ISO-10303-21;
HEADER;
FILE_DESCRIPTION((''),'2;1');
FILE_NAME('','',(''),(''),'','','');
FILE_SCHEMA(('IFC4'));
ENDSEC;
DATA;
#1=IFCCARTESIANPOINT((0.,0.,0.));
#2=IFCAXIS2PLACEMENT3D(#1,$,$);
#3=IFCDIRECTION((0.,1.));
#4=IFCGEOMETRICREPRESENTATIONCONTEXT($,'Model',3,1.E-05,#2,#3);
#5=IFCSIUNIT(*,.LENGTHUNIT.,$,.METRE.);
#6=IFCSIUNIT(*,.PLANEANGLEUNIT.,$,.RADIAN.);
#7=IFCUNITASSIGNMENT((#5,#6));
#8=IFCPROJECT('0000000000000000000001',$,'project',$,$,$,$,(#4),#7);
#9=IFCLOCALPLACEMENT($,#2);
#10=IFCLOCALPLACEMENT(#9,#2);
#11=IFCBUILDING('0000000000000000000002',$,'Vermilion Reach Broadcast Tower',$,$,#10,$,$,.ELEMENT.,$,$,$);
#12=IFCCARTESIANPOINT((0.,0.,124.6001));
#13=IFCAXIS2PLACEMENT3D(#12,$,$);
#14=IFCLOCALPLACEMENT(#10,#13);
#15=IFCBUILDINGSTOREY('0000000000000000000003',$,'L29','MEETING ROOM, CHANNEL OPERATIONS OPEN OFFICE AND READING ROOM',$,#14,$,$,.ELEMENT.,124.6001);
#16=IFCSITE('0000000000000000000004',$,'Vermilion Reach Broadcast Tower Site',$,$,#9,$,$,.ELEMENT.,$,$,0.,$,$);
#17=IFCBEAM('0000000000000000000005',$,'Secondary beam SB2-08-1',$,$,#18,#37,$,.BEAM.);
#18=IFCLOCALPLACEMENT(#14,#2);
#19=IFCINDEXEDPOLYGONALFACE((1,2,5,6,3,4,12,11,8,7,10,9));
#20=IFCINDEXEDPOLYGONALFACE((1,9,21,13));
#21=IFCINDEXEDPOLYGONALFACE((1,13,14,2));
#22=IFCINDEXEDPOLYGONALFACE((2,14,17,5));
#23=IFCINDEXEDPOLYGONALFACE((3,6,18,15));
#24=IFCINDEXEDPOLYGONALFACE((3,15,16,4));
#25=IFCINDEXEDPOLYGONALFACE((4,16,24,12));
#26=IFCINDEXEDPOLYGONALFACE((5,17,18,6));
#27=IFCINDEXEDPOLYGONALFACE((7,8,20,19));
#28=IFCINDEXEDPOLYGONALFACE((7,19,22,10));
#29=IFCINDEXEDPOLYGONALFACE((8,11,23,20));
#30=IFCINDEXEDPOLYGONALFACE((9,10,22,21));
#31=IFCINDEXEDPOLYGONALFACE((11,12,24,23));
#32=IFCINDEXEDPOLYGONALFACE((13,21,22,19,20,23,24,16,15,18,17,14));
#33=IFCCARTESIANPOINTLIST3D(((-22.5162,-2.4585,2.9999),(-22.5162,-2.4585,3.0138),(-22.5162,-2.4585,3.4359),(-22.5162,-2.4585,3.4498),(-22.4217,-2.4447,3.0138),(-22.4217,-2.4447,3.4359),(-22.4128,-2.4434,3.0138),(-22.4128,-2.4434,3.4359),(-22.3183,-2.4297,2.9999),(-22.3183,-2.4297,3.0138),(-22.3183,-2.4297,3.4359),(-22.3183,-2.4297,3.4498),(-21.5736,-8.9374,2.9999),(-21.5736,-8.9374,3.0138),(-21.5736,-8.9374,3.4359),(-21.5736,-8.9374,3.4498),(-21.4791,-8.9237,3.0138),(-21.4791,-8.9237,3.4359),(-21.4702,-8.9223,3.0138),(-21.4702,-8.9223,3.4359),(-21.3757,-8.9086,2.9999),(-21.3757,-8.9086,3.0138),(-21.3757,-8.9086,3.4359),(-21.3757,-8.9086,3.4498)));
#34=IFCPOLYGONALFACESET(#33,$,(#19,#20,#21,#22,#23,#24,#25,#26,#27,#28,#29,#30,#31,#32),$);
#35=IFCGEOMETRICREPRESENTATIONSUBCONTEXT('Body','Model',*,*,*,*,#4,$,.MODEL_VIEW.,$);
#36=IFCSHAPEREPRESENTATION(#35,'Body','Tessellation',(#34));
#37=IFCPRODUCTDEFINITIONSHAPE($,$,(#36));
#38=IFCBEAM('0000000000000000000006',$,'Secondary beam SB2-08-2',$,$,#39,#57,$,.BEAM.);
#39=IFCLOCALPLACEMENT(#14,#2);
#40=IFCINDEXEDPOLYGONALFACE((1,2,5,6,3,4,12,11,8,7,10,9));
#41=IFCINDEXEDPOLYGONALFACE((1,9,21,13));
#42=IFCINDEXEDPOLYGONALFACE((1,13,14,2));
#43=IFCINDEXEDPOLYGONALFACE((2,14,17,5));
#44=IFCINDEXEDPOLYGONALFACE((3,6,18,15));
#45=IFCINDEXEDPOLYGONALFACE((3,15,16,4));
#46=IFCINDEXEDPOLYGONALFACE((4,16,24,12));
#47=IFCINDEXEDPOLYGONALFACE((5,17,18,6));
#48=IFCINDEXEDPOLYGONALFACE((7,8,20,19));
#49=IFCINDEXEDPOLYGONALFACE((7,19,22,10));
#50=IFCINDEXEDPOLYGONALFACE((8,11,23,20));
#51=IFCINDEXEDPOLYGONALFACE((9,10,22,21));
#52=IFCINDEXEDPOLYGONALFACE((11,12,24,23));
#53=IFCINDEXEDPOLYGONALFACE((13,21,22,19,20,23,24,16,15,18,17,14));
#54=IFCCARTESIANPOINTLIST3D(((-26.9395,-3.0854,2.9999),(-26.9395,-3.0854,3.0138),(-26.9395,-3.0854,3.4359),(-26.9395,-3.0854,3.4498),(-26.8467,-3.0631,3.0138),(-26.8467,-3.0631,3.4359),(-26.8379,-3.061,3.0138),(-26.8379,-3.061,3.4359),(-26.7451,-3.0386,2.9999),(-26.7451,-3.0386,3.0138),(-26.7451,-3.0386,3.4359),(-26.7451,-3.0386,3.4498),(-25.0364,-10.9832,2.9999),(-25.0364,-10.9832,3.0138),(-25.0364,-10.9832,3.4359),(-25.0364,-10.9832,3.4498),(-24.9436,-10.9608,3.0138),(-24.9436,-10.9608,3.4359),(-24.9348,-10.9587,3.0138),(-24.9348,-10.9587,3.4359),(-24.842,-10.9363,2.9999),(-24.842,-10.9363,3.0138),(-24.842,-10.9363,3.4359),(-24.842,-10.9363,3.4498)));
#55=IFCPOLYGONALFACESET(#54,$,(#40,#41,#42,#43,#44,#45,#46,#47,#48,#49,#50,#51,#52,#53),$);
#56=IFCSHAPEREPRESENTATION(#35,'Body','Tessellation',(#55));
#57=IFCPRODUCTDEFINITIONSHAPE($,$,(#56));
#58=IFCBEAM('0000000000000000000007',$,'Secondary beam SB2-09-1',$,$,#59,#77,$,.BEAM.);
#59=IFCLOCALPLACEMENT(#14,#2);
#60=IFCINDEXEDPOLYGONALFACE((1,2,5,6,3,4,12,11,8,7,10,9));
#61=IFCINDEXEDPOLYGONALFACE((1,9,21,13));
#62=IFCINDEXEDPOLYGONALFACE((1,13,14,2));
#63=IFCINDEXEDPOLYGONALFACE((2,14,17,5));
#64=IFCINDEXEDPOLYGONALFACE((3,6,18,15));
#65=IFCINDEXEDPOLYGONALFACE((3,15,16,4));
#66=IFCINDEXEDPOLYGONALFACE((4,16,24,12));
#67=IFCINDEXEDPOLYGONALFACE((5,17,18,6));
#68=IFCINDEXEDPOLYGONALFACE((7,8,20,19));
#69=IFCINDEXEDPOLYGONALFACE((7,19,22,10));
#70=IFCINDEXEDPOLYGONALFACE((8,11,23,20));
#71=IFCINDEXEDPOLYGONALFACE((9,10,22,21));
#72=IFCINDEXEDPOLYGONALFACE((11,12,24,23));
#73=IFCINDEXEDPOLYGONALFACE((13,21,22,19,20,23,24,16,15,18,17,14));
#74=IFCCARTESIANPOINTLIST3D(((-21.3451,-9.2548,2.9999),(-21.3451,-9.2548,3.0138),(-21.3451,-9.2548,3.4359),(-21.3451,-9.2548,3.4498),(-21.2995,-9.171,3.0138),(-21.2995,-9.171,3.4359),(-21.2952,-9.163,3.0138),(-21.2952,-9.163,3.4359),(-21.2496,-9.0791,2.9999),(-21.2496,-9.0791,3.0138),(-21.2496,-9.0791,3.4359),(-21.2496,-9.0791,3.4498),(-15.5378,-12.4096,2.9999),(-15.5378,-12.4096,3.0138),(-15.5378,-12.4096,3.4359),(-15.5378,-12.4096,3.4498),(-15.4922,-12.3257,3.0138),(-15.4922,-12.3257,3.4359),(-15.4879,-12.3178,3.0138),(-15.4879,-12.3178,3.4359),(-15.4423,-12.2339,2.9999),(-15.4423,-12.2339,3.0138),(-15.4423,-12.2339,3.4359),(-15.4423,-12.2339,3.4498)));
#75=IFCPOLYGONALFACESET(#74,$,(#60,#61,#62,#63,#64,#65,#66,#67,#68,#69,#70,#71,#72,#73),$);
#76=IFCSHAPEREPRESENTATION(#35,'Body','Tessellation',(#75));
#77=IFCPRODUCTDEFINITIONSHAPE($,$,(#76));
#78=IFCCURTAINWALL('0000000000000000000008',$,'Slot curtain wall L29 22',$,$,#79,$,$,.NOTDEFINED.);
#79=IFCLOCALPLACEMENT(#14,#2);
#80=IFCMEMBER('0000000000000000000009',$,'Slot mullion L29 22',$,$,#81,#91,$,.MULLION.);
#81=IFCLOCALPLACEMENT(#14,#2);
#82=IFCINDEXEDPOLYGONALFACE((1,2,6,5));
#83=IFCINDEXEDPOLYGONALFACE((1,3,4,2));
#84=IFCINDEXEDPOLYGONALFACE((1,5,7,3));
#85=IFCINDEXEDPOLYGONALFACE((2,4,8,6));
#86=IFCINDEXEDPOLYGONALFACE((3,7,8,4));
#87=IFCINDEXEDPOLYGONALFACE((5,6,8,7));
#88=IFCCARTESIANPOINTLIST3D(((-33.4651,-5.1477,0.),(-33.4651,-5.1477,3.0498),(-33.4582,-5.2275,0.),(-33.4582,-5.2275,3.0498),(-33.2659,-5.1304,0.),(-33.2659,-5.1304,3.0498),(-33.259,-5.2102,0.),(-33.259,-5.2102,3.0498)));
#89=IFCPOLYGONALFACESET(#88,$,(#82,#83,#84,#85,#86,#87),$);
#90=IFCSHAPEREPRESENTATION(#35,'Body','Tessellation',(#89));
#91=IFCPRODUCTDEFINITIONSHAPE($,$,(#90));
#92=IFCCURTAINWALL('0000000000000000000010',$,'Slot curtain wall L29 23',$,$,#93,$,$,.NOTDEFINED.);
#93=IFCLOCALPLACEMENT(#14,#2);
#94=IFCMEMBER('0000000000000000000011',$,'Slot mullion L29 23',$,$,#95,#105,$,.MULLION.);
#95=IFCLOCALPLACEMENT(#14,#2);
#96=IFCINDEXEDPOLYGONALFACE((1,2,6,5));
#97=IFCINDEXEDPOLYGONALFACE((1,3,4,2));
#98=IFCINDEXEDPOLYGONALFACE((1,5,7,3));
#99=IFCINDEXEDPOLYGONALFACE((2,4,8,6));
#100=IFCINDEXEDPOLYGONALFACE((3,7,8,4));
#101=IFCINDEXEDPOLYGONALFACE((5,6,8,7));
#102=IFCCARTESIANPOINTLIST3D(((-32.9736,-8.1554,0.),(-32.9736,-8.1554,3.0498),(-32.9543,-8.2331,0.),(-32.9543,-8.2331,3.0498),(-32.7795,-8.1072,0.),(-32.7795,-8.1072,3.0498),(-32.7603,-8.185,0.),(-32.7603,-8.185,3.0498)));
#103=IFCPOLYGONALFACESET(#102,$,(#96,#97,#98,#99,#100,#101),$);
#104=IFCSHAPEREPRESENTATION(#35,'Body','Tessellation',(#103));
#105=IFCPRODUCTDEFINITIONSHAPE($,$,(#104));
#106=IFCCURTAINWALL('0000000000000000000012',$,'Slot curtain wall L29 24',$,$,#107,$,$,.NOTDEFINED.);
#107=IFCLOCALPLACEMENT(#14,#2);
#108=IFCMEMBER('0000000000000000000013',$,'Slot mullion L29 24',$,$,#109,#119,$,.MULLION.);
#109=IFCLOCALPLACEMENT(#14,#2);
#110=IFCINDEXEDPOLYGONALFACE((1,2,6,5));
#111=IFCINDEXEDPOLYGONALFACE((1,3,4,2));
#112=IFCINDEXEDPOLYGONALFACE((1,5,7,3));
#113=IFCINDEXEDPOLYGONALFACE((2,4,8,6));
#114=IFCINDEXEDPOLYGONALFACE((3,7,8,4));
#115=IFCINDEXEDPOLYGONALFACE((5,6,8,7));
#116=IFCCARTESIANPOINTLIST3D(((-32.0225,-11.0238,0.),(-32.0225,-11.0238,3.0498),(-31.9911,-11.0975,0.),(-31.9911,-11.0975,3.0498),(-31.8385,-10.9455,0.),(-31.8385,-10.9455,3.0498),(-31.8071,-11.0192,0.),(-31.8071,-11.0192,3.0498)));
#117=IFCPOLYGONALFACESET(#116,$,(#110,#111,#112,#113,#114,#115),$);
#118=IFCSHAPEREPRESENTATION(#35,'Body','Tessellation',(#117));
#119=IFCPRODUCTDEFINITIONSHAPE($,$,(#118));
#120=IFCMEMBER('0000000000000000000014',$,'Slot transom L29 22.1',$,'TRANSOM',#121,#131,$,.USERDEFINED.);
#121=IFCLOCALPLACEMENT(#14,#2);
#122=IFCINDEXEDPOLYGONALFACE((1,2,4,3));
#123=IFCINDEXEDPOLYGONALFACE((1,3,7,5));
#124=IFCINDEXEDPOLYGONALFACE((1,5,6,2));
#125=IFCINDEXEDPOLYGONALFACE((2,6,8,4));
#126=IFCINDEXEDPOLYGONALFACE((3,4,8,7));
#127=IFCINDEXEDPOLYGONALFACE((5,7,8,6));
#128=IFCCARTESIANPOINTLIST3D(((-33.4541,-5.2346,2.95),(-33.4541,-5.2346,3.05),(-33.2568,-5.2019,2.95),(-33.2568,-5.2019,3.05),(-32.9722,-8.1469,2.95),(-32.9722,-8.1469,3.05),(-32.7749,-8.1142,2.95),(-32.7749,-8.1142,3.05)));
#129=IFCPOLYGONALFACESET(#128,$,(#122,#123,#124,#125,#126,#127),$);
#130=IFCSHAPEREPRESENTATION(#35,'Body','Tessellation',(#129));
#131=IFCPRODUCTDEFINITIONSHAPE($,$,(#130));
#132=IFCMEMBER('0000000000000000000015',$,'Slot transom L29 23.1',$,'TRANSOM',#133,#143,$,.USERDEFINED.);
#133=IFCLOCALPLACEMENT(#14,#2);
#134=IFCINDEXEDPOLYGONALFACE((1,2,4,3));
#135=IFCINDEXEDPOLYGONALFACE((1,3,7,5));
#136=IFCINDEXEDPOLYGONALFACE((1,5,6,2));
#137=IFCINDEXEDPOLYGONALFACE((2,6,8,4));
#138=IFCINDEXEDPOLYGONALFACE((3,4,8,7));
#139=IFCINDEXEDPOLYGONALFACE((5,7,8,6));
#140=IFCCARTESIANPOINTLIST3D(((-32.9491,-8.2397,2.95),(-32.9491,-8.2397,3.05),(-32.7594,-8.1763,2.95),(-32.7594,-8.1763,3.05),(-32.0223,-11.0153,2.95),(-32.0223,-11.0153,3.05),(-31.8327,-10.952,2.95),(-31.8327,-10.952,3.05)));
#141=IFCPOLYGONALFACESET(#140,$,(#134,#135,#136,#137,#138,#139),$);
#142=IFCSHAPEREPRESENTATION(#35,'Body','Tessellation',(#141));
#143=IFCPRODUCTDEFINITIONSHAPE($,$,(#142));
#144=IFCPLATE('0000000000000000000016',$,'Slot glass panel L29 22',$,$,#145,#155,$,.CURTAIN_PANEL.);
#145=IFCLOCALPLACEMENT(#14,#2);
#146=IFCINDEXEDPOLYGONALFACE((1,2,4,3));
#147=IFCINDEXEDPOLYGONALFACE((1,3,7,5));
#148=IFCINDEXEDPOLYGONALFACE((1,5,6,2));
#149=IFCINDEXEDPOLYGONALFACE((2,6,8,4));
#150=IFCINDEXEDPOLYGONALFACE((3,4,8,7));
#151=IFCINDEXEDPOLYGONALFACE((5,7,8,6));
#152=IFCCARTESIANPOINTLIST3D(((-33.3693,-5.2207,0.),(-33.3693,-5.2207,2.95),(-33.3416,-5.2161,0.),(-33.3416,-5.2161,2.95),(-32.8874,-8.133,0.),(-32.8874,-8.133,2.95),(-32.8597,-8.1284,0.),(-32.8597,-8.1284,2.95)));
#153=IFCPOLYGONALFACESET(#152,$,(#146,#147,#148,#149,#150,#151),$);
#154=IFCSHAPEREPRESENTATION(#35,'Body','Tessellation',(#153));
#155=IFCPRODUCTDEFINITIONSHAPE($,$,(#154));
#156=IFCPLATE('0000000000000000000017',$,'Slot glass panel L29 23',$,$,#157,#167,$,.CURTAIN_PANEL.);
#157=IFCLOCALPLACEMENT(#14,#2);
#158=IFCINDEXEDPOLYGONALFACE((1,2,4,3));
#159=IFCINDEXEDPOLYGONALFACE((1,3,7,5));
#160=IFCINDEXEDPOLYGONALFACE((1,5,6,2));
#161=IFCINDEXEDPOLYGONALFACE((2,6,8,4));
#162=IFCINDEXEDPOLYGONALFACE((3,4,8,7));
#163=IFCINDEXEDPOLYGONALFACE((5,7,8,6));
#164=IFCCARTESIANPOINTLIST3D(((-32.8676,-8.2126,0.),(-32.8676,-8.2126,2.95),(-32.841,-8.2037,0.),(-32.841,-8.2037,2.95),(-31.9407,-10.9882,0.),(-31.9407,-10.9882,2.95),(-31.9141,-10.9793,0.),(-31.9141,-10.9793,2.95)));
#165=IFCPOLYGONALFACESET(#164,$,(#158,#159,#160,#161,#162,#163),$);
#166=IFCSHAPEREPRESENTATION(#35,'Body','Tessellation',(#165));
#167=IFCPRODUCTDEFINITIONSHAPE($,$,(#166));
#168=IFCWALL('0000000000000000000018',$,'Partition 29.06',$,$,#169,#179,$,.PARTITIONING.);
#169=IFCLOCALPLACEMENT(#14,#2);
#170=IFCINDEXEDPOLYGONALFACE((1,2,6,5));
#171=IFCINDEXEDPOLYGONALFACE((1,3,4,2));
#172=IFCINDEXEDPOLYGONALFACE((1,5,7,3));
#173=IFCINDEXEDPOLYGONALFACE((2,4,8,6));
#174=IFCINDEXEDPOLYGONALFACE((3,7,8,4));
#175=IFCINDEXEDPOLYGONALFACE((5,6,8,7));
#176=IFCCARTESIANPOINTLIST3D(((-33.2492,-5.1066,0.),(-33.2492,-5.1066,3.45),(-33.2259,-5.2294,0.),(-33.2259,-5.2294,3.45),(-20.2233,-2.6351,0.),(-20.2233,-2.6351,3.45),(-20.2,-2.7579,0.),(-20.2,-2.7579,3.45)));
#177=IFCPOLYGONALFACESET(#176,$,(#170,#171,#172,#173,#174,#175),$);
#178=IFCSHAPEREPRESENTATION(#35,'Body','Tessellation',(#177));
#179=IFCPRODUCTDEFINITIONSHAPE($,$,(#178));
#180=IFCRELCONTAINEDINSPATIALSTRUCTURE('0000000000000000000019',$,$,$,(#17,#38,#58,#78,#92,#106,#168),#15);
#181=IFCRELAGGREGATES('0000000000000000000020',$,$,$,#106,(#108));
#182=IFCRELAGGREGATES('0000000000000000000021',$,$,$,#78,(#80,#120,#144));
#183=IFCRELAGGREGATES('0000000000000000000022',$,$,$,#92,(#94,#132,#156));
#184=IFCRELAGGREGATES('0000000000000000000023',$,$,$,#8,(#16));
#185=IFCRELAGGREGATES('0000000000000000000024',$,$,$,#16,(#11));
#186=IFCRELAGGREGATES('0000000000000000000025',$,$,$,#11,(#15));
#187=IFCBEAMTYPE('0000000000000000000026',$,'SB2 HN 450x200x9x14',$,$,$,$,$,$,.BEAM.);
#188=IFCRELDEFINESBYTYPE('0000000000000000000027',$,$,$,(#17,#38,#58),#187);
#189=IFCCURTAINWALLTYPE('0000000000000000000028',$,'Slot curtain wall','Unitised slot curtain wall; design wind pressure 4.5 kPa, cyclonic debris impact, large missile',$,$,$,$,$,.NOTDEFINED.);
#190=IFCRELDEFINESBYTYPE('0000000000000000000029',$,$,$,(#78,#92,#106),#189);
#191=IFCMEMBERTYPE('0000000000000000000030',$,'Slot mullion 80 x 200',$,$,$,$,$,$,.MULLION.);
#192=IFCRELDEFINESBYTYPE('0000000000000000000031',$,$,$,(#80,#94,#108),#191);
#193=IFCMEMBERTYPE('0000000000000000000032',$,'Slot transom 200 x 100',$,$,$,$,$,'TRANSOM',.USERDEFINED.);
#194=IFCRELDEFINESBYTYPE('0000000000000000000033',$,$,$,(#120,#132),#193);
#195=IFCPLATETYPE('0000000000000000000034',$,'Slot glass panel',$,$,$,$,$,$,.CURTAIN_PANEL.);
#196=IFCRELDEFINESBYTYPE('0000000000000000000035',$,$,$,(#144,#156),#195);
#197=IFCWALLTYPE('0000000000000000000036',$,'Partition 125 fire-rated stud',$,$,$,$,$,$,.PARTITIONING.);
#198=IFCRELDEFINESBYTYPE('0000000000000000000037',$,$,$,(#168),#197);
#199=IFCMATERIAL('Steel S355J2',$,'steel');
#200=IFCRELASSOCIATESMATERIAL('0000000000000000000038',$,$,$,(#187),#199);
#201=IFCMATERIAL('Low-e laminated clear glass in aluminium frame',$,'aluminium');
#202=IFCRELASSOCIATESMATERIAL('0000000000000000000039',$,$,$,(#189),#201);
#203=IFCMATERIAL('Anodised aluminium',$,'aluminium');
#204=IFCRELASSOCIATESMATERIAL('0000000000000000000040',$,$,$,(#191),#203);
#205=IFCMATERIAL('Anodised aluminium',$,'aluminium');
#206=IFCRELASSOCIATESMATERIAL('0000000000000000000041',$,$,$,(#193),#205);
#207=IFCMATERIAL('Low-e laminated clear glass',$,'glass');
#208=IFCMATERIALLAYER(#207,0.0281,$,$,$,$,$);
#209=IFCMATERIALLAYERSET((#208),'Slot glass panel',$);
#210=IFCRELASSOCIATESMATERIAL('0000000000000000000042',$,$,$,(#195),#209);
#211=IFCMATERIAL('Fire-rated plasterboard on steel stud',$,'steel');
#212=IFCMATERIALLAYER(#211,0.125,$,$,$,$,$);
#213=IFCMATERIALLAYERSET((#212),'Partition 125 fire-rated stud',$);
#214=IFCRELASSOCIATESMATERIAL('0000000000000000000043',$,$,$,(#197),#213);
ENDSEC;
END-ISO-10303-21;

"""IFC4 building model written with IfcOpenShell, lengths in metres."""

from ifc_helpers import new_model, si_unit, direction, frame, frame_2d, origin, origin_2d, place, context, subcontext, project, spatial, rectangle, i_section, extrude, material, layer, layer_set, material_profile, profile_set, type_object, element, aggregate, save


model = new_model("IFC4")

# Units and contexts
model_context = context("Model", 3, precision=1e-05, world=origin(), true_north=direction((0.0, 1.0)))
body_context = subcontext(model_context, "Body", "Model", "MODEL_VIEW")
ifc_project = project(units=[si_unit("LENGTHUNIT", "METRE"), si_unit("PLANEANGLEUNIT", "RADIAN")], contexts=[model_context])

# Site, building, storey
site_placement = place(None, origin())
site = spatial("IfcSite", under=ifc_project, at=site_placement, Name="Vermilion Reach Broadcast Tower Site", CompositionType="ELEMENT", RefElevation=0.0)
building_placement = place(site_placement, origin())
building = spatial("IfcBuilding", under=site, at=building_placement, Name="Vermilion Reach Broadcast Tower", CompositionType="ELEMENT")
storey_placement = place(building_placement, frame((0.0, 0.0, 124.6001)))
storey = spatial("IfcBuildingStorey", under=building, at=storey_placement, Name="L29", Description="MEETING ROOM, CHANNEL OPERATIONS OPEN OFFICE AND READING ROOM", CompositionType="ELEMENT", Elevation=124.6001)

# Beams
ifc_material_1 = material(Name="Steel S355J2", Category="steel")
ifc_material_profile_1 = material_profile(ifc_material_1, i_section(OverallWidth=0.2, OverallDepth=0.45, WebThickness=0.009, FlangeThickness=0.0139, at=origin_2d()), Name="S355J2 HN 450x200x9x14")
ifc_profile_set_1 = profile_set([ifc_material_profile_1], Name="Steel S355J2")
beam_type_1 = type_object("IfcBeamType", Name="SB2 HN 450x200x9x14", PredefinedType="BEAM", material=ifc_profile_set_1)
beam_1_placement = place(storey_placement, frame((-22.4172, -2.4441, 3.2249), z_axis=(0.143974, -0.989582, 0.0), x_axis=(0.989582, 0.143974, 0.0)))
element("IfcBeam", 1, at=beam_1_placement, inside=storey, type_object=beam_type_1, Name="Secondary beam SB2-08-1", PredefinedType="BEAM", context=body_context, shape_type="SweptSolid", body=[
    extrude(i_section(OverallWidth=0.2, OverallDepth=0.45, WebThickness=0.009, FlangeThickness=0.0139, at=origin_2d()), origin(), (0.0, 0.0, 1.0), 6.5471),
])
beam_2_placement = place(storey_placement, frame((-26.8423, -3.062, 3.2249), z_axis=(0.234261, -0.972174, 0.0), x_axis=(0.972174, 0.234261, 0.0)))
element("IfcBeam", 2, at=beam_2_placement, inside=storey, type_object=beam_type_1, Name="Secondary beam SB2-08-2", PredefinedType="BEAM", context=body_context, shape_type="SweptSolid", body=[
    extrude(i_section(OverallWidth=0.2, OverallDepth=0.45, WebThickness=0.009, FlangeThickness=0.0139, at=origin_2d()), origin(), (0.0, 0.0, 1.0), 8.1238),
])
beam_3_placement = place(storey_placement, frame((-21.2974, -9.167, 3.2249), z_axis=(0.878713, -0.47735, 0.0), x_axis=(0.47735, 0.878713, 0.0)))
element("IfcBeam", 3, at=beam_3_placement, inside=storey, type_object=beam_type_1, Name="Secondary beam SB2-09-1", PredefinedType="BEAM", context=body_context, shape_type="SweptSolid", body=[
    extrude(i_section(OverallWidth=0.2, OverallDepth=0.45, WebThickness=0.009, FlangeThickness=0.0139, at=origin_2d()), origin(), (0.0, 0.0, 1.0), 6.6089),
])

# Curtain walls, members
ifc_material_2 = material(Name="Low-e laminated clear glass in aluminium frame", Category="aluminium")
curtain_wall_type = type_object("IfcCurtainWallType", Name="Slot curtain wall", Description="Unitised slot curtain wall; design wind pressure 4.5 kPa, cyclonic debris impact, large missile", PredefinedType="NOTDEFINED", material=ifc_material_2)
placement = place(storey_placement, origin())
curtain_wall_1 = element("IfcCurtainWall", 4, at=placement, inside=storey, type_object=curtain_wall_type, Name="Slot curtain wall L29 22", PredefinedType="NOTDEFINED")
ifc_material_3 = material(Name="Anodised aluminium", Category="aluminium")
ifc_material_profile_2 = material_profile(ifc_material_3, rectangle(XDim=0.2, YDim=0.0801, at=origin_2d()), Name="Slot mullion 80 x 200")
ifc_profile_set_2 = profile_set([ifc_material_profile_2], Name="Anodised aluminium")
member_type_1 = type_object("IfcMemberType", Name="Slot mullion 80 x 200", PredefinedType="MULLION", material=ifc_profile_set_2)
member_1_placement = place(storey_placement, frame((-33.3621, -5.179, 0.0), z_axis=(0.0, 0.0, 1.0), x_axis=(0.996245, 0.086575, 0.0)))
member_1 = element("IfcMember", 5, at=member_1_placement, type_object=member_type_1, Name="Slot mullion L29 22", PredefinedType="MULLION", context=body_context, shape_type="SweptSolid", body=[
    extrude(rectangle(XDim=0.2, YDim=0.0801, at=origin_2d()), origin(), (0.0, 0.0, 1.0), 3.0498),
])
curtain_wall_2 = element("IfcCurtainWall", 6, at=placement, inside=storey, type_object=curtain_wall_type, Name="Slot curtain wall L29 23", PredefinedType="NOTDEFINED")
member_2_placement = place(storey_placement, frame((-32.8669, -8.1702, 0.0), z_axis=(0.0, 0.0, 1.0), x_axis=(0.970586, 0.240755, 0.0)))
member_2 = element("IfcMember", 7, at=member_2_placement, type_object=member_type_1, Name="Slot mullion L29 23", PredefinedType="MULLION", context=body_context, shape_type="SweptSolid", body=[
    extrude(rectangle(XDim=0.2, YDim=0.0801, at=origin_2d()), origin(), (0.0, 0.0, 1.0), 3.0498),
])
curtain_wall_3 = element("IfcCurtainWall", 8, at=placement, inside=storey, type_object=curtain_wall_type, Name="Slot curtain wall L29 24", PredefinedType="NOTDEFINED")
member_3_placement = place(storey_placement, frame((-31.9148, -11.0215, 0.0), z_axis=(0.0, 0.0, 1.0), x_axis=(0.920232, 0.391374, 0.0)))
member_3 = element("IfcMember", 9, at=member_3_placement, type_object=member_type_1, Name="Slot mullion L29 24", PredefinedType="MULLION", context=body_context, shape_type="SweptSolid", body=[
    extrude(rectangle(XDim=0.2, YDim=0.0801, at=origin_2d()), origin(), (0.0, 0.0, 1.0), 3.0498),
])
aggregate(curtain_wall_3, [member_3])

# Members
ifc_material_4 = material(Name="Anodised aluminium", Category="aluminium")
ifc_material_profile_3 = material_profile(ifc_material_4, rectangle(XDim=0.2, YDim=0.1001, at=origin_2d()), Name="Slot transom 200 x 100")
ifc_profile_set_3 = profile_set([ifc_material_profile_3], Name="Anodised aluminium")
member_type_2 = type_object("IfcMemberType", Name="Slot transom 200 x 100", ElementType="TRANSOM", PredefinedType="USERDEFINED", material=ifc_profile_set_3)
member_4_placement = place(storey_placement, frame((-33.3555, -5.2183, 3.0), z_axis=(0.163259, -0.986583, 0.0), x_axis=(0.986583, 0.163259, 0.0)))
member_4 = element("IfcMember", 10, at=member_4_placement, type_object=member_type_2, Name="Slot transom L29 22.1", ObjectType="TRANSOM", PredefinedType="USERDEFINED", context=body_context, shape_type="SweptSolid", body=[
    extrude(rectangle(XDim=0.2, YDim=0.1001, at=origin_2d()), origin(), (0.0, 0.0, 1.0), 2.9519),
])
member_5_placement = place(storey_placement, frame((-32.8542, -8.208, 3.0), z_axis=(0.316703, -0.948525, 0.0), x_axis=(0.948525, 0.316703, 0.0)))
member_5 = element("IfcMember", 11, at=member_5_placement, type_object=member_type_2, Name="Slot transom L29 23.1", ObjectType="TRANSOM", PredefinedType="USERDEFINED", context=body_context, shape_type="SweptSolid", body=[
    extrude(rectangle(XDim=0.2, YDim=0.1001, at=origin_2d()), origin(), (0.0, 0.0, 1.0), 2.9263),
])

# Plates
ifc_material_5 = material(Name="Low-e laminated clear glass", Category="glass")
ifc_layer_1 = layer(ifc_material_5, 0.0281)
ifc_layer_set_1 = layer_set([ifc_layer_1], Name="Slot glass panel")
plate_type = type_object("IfcPlateType", Name="Slot glass panel", PredefinedType="CURTAIN_PANEL", material=ifc_layer_set_1)
plate_1_placement = place(storey_placement, frame((-33.1145, -6.6746, 0.0), z_axis=(0.0, 0.0, 1.0), x_axis=(0.163248, -0.986585, 0.0)))
plate_1 = element("IfcPlate", 12, at=plate_1_placement, type_object=plate_type, Name="Slot glass panel L29 22", PredefinedType="CURTAIN_PANEL", context=body_context, shape_type="SweptSolid", body=[
    extrude(rectangle(XDim=2.9519, YDim=0.0281, at=origin_2d()), origin(), (0.0, 0.0, 1.0), 2.95),
])
aggregate(curtain_wall_1, [member_1, member_4, plate_1])
plate_2_placement = place(storey_placement, frame((-32.3909, -9.5959, 0.0), z_axis=(0.0, 0.0, 1.0), x_axis=(0.316755, -0.948508, 0.0)))
plate_2 = element("IfcPlate", 13, at=plate_2_placement, type_object=plate_type, Name="Slot glass panel L29 23", PredefinedType="CURTAIN_PANEL", context=body_context, shape_type="SweptSolid", body=[
    extrude(rectangle(XDim=2.9263, YDim=0.0281, at=origin_2d()), origin(), (0.0, 0.0, 1.0), 2.95),
])
aggregate(curtain_wall_2, [member_2, member_5, plate_2])

# Wall
ifc_material_6 = material(Name="Fire-rated plasterboard on steel stud", Category="steel")
ifc_layer_2 = layer(ifc_material_6, 0.125)
ifc_layer_set_2 = layer_set([ifc_layer_2], Name="Partition 125 fire-rated stud")
wall_type_1 = type_object("IfcWallType", Name="Partition 125 fire-rated stud", PredefinedType="PARTITIONING", material=ifc_layer_set_2)
wall_1_placement = place(storey_placement, frame((-33.2375, -5.168, 0.0), z_axis=(0.0, 0.0, 1.0), x_axis=(0.982473, 0.186407, 0.0)))
element("IfcWall", 14, at=wall_1_placement, inside=storey, type_object=wall_type_1, Name="Partition 29.06", PredefinedType="PARTITIONING", context=body_context, shape_type="SweptSolid", body=[
    extrude(rectangle(XDim=13.2583, YDim=0.125, at=frame_2d((6.6292, 0.0))), origin(), (0.0, 0.0, 1.0), 3.45),
])

save(model, "model.ifc")
